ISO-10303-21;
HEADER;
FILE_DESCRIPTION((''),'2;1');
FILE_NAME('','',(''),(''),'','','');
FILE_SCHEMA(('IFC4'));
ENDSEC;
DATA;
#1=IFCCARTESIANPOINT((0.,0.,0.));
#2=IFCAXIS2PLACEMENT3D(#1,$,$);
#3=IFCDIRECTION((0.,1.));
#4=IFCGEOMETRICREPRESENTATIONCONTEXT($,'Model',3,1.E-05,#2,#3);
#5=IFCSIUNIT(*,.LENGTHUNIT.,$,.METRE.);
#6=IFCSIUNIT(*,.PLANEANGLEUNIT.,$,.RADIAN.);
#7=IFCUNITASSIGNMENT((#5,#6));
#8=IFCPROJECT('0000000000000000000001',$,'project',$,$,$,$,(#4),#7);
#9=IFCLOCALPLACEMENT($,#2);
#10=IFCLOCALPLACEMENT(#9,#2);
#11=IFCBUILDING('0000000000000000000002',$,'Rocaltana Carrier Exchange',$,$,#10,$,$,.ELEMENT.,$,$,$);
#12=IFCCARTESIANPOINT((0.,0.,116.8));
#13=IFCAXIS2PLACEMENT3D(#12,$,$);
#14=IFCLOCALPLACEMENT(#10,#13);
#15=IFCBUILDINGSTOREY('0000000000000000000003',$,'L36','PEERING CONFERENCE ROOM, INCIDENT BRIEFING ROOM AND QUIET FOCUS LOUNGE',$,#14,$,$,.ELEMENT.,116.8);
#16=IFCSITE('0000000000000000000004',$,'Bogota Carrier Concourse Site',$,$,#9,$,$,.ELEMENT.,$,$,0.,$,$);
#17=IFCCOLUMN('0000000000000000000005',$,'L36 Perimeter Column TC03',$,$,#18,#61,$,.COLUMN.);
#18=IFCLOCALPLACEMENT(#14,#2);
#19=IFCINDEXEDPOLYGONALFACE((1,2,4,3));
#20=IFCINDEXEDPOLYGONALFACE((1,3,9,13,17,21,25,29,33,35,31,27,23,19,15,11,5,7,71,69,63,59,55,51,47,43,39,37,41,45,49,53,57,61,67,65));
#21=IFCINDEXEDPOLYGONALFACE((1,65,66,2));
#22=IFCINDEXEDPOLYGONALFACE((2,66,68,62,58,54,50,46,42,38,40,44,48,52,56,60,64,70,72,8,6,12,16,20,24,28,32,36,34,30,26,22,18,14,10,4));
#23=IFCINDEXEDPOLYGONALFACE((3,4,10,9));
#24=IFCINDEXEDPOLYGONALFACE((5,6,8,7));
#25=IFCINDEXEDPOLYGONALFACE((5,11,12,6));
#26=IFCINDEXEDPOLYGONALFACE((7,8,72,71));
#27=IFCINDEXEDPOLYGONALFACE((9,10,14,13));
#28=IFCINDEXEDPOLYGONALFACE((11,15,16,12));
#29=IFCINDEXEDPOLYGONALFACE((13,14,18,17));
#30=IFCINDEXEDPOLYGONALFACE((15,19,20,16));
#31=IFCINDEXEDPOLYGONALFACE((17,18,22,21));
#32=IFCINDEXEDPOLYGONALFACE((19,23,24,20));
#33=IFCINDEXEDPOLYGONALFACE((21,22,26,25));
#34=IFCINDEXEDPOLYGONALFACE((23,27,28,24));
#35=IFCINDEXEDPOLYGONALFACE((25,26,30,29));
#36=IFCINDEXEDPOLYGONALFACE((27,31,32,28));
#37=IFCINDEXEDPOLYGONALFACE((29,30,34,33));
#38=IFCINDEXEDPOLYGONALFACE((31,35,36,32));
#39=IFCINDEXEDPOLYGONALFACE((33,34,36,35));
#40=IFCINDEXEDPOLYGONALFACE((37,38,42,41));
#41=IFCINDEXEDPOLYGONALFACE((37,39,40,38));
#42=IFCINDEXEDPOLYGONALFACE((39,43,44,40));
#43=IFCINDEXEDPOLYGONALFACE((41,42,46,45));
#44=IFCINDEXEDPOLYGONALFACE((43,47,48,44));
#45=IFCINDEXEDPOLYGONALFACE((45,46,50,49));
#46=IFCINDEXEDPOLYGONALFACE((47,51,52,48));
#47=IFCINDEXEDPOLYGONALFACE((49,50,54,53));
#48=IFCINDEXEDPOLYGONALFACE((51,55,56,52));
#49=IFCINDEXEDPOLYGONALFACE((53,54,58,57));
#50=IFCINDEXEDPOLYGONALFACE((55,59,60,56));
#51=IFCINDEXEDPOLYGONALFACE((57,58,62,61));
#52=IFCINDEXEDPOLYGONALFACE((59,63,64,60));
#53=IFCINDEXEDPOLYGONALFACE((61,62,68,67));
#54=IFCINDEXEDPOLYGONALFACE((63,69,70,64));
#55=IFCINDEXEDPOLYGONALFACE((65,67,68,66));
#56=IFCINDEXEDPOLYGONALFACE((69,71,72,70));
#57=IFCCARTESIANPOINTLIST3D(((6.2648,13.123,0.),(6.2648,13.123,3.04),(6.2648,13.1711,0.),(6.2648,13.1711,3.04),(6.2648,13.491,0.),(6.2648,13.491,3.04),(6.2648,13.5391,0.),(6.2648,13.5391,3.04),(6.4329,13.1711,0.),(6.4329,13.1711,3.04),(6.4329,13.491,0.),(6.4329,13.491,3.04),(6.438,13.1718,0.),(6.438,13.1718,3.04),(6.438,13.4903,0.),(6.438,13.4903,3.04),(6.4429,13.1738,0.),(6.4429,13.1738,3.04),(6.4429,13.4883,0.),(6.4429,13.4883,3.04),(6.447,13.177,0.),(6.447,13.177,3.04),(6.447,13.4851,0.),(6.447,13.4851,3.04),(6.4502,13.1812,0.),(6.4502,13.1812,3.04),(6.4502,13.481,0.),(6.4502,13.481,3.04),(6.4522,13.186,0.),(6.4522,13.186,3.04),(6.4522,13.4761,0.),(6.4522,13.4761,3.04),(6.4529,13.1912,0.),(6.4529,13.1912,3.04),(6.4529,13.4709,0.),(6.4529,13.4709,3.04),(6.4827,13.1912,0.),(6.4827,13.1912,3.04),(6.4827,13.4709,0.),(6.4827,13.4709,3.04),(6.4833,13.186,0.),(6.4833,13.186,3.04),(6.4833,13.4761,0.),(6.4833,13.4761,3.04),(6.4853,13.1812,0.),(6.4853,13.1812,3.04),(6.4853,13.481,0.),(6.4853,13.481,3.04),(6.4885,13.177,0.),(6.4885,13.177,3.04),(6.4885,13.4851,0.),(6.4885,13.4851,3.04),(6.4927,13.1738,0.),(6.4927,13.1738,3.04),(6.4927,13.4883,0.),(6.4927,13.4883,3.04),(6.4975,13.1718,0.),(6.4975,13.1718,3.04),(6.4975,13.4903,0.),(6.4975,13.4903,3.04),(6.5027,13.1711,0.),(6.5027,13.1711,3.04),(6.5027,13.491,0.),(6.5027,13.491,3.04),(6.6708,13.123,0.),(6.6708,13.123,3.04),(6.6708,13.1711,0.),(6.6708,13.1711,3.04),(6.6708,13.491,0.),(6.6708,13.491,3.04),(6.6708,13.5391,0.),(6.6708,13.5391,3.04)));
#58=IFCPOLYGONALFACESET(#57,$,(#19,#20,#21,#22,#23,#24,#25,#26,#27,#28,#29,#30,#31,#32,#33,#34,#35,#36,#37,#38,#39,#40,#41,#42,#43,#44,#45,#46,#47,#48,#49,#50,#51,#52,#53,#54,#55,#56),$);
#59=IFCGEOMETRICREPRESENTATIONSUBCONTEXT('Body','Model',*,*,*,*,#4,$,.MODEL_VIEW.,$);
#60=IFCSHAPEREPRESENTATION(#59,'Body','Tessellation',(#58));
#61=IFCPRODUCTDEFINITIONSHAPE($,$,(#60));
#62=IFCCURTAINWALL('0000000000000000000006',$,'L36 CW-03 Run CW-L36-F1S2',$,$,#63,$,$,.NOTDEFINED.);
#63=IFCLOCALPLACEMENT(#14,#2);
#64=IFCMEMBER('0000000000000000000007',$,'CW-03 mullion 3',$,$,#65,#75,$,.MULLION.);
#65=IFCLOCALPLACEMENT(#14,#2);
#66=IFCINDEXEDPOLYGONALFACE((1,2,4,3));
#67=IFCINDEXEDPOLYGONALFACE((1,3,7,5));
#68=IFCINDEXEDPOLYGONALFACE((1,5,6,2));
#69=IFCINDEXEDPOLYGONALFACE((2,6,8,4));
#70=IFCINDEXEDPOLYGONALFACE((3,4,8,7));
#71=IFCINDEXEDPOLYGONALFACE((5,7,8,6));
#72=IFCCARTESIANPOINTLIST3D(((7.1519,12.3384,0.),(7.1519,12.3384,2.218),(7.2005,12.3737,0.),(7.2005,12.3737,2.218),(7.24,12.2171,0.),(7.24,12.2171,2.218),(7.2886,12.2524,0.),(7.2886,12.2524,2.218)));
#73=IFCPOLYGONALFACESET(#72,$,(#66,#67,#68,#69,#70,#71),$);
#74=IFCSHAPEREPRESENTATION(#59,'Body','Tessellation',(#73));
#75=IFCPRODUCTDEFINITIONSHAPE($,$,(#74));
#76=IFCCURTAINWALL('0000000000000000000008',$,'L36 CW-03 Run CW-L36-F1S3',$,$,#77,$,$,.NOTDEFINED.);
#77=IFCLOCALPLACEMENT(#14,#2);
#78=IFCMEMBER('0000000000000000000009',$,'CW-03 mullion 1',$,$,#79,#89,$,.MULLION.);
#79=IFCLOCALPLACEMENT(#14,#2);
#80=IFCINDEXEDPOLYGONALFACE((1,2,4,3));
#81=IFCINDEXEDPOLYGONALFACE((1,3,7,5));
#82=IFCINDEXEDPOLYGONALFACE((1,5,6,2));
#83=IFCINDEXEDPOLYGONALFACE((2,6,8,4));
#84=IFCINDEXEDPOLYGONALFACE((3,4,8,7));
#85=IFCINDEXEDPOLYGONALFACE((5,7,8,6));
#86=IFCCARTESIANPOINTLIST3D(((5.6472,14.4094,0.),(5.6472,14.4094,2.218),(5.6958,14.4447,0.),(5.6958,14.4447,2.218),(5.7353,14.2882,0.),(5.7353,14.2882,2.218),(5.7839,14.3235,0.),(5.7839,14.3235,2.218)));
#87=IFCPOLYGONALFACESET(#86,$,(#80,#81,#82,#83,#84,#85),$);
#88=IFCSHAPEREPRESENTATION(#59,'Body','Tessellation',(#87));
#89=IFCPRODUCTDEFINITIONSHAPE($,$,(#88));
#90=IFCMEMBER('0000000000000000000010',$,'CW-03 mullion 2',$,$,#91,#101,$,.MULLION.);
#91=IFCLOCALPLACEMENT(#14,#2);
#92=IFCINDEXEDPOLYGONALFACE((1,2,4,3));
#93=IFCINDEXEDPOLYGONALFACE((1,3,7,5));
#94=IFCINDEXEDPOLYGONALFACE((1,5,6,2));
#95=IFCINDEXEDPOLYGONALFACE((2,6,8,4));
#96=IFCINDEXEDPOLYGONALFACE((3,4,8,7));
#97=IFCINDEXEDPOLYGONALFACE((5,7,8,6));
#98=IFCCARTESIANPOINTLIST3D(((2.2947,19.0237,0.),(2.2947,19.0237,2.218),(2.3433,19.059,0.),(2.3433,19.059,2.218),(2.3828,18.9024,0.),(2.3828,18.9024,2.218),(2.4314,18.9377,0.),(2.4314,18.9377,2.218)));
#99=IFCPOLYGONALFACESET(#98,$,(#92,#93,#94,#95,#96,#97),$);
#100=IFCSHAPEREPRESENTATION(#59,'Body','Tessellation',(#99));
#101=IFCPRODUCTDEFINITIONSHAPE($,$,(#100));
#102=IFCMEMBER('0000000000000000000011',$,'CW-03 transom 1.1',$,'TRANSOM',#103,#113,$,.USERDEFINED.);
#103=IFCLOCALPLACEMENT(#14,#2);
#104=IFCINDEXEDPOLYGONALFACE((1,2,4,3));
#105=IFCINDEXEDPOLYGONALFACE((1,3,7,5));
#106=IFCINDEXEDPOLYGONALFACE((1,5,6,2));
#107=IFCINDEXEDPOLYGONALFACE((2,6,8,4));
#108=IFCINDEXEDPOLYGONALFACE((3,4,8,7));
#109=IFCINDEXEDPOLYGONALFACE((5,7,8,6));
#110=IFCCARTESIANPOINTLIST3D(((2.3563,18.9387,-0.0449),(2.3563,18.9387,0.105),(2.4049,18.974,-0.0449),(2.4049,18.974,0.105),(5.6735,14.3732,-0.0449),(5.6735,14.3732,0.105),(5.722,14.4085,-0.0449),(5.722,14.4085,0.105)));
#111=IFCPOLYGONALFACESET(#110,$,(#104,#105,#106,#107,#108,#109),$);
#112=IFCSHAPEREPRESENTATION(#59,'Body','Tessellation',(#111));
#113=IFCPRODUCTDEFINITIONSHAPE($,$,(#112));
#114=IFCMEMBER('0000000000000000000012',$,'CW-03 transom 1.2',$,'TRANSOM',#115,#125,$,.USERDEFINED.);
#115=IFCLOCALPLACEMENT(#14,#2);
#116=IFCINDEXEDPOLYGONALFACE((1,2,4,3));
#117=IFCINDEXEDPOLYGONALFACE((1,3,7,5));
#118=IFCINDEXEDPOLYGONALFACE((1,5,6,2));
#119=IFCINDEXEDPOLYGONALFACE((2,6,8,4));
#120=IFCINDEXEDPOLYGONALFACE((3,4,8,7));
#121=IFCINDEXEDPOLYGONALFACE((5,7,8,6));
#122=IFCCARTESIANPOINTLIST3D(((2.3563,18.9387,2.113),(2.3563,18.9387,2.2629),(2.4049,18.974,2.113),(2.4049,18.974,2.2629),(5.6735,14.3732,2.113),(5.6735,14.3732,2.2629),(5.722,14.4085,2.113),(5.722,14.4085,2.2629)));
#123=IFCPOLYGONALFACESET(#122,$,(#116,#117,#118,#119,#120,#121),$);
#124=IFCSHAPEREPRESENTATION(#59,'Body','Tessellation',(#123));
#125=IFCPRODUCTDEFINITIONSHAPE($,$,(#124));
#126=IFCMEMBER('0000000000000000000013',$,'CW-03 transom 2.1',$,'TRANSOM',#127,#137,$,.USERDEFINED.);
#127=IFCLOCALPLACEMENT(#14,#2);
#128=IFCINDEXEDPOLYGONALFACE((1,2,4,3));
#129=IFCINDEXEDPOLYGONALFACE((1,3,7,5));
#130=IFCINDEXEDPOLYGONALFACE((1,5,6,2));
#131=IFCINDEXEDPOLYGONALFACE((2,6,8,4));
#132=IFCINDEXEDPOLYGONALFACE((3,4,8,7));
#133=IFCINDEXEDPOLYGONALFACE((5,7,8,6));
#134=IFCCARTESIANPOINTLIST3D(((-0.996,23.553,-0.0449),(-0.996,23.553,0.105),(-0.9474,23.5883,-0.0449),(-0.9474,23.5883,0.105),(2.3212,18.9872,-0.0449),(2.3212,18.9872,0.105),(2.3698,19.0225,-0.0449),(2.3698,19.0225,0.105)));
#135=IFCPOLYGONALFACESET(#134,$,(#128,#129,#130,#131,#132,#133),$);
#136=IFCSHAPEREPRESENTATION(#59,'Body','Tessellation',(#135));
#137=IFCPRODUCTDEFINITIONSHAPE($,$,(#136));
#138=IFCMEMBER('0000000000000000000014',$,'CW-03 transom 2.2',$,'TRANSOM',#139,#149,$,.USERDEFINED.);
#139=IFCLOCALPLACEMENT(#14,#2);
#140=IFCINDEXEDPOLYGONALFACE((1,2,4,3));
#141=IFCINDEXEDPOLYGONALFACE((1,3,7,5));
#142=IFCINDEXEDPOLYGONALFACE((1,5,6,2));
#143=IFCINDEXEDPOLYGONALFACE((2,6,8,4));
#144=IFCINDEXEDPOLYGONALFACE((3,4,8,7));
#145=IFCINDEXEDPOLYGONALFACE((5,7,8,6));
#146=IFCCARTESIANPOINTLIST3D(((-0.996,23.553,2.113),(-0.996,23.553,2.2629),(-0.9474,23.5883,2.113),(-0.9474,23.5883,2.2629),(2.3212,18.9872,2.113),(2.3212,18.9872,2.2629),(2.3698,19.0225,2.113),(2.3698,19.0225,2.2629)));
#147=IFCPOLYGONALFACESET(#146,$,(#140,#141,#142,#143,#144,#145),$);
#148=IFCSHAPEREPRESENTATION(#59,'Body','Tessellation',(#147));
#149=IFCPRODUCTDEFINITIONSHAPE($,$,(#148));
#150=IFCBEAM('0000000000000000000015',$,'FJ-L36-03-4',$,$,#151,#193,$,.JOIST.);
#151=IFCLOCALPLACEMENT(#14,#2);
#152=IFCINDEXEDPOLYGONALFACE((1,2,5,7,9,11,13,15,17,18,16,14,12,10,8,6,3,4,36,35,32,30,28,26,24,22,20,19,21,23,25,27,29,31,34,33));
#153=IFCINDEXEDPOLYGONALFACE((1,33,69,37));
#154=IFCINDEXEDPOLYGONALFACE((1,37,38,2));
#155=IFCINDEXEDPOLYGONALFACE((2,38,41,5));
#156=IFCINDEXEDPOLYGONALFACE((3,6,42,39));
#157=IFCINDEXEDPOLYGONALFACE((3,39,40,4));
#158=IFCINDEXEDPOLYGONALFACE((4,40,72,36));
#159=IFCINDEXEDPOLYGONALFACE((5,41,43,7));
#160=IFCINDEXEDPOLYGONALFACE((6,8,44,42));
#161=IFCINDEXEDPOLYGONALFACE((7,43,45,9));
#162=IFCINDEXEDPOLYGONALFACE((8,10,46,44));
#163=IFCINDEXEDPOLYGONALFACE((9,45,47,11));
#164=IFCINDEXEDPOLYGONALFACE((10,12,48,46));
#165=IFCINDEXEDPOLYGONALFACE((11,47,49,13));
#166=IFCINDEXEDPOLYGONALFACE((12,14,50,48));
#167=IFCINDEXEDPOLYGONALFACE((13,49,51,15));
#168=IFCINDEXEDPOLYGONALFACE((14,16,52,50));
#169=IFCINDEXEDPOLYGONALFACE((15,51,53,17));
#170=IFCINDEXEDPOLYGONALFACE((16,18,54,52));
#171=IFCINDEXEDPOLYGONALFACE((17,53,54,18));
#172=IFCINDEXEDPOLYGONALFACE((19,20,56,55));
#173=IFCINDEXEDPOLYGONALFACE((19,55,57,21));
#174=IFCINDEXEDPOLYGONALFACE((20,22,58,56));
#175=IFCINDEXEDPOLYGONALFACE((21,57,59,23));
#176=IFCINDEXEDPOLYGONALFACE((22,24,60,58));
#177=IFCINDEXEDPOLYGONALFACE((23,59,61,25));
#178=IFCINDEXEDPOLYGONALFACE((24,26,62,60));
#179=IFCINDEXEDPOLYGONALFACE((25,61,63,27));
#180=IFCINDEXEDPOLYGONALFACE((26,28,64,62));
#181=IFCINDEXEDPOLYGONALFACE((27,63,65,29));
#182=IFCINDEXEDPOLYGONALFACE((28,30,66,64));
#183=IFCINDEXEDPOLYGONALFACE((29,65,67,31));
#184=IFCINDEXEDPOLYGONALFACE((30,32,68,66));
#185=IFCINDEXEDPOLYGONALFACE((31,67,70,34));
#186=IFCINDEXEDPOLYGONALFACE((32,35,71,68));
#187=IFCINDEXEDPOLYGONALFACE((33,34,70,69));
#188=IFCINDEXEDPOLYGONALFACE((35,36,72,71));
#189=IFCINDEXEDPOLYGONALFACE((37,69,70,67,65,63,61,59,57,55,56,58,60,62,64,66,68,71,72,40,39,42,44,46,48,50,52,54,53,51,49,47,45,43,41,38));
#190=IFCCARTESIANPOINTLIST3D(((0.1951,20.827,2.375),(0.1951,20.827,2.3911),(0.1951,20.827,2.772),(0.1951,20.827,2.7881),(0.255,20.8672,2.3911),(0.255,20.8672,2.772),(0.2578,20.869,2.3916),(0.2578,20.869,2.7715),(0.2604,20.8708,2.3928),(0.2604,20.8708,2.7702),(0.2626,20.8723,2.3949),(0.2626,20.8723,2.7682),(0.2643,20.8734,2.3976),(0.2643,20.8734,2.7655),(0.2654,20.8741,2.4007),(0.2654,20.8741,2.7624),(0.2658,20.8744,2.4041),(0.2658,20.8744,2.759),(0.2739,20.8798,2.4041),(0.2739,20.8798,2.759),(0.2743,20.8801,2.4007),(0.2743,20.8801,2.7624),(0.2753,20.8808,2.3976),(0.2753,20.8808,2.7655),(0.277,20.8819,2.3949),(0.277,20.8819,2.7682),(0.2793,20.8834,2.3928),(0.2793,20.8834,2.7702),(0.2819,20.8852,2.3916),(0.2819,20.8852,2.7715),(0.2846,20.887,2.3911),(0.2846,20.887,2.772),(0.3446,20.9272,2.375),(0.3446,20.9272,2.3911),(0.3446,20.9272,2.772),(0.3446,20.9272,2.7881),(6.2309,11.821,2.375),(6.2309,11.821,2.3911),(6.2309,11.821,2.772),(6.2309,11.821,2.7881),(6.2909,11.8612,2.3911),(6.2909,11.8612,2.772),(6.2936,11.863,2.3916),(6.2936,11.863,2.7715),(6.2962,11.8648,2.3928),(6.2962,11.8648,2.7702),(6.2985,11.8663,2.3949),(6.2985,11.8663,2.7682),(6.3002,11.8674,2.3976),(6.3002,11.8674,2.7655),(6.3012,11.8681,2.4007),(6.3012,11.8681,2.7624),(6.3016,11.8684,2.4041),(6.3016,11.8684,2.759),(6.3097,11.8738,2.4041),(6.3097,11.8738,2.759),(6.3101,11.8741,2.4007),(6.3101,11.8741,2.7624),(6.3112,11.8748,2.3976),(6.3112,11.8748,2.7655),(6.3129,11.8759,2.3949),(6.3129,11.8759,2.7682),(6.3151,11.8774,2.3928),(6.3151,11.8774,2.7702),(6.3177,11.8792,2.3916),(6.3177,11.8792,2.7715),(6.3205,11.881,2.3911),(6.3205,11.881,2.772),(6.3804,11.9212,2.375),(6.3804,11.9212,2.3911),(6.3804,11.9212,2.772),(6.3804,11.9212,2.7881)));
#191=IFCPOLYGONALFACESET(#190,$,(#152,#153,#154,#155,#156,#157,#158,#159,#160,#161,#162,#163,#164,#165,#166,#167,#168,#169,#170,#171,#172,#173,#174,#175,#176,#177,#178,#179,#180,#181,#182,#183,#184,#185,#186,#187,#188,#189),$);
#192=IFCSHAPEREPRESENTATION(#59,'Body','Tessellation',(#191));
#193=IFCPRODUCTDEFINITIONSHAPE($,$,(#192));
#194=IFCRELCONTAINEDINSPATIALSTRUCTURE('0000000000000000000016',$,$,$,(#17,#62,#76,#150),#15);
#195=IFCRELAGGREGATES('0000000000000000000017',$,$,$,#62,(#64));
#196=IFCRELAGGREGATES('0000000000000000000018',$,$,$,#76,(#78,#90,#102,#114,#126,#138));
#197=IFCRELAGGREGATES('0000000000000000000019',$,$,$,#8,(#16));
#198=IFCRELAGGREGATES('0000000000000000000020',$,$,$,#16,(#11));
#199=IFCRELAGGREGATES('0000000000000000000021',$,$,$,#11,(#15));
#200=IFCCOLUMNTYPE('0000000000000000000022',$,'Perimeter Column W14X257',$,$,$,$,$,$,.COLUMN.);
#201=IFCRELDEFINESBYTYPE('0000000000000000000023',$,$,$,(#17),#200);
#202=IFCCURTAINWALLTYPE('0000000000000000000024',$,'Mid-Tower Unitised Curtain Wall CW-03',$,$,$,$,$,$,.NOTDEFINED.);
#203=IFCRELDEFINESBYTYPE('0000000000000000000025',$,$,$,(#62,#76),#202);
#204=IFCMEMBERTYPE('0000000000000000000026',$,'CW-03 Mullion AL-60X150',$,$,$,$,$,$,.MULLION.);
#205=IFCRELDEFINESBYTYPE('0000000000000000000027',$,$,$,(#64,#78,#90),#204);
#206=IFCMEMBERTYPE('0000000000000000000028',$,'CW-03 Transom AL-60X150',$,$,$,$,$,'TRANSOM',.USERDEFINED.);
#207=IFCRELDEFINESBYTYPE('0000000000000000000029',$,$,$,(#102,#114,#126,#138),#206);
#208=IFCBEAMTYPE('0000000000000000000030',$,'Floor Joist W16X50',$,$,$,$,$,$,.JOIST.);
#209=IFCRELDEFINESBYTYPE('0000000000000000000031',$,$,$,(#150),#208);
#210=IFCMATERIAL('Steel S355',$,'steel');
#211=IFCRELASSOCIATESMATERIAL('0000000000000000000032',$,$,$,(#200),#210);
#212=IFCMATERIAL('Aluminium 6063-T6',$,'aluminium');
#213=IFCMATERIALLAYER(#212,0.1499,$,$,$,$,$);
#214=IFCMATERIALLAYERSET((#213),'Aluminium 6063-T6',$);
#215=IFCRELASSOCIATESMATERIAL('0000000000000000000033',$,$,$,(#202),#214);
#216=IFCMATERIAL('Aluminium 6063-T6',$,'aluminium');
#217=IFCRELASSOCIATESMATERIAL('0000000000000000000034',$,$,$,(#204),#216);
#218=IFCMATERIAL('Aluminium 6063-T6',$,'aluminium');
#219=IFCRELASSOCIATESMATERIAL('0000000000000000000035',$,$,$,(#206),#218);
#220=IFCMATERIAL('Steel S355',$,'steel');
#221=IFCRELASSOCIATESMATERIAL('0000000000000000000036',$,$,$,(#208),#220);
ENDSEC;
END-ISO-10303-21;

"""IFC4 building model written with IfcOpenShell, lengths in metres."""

from ifc_helpers import new_model, si_unit, direction, frame, origin, origin_2d, place, context, subcontext, project, spatial, rectangle, i_section, extrude, material, layer, layer_set, material_profile, profile_set, type_object, element, aggregate, save


model = new_model("IFC4")

# Units and contexts
model_context = context("Model", 3, precision=1e-05, world=origin(), true_north=direction((0.0, 1.0)))
body_context = subcontext(model_context, "Body", "Model", "MODEL_VIEW")
ifc_project = project(units=[si_unit("LENGTHUNIT", "METRE"), si_unit("PLANEANGLEUNIT", "RADIAN")], contexts=[model_context])

# Site, building, storey
site_placement = place(None, origin())
site = spatial("IfcSite", under=ifc_project, at=site_placement, Name="Bogota Carrier Concourse Site", CompositionType="ELEMENT", RefElevation=0.0)
building_placement = place(site_placement, origin())
building = spatial("IfcBuilding", under=site, at=building_placement, Name="Rocaltana Carrier Exchange", CompositionType="ELEMENT")
storey_placement = place(building_placement, frame((0.0, 0.0, 116.8)))
storey = spatial("IfcBuildingStorey", under=building, at=storey_placement, Name="L36", Description="PEERING CONFERENCE ROOM, INCIDENT BRIEFING ROOM AND QUIET FOCUS LOUNGE", CompositionType="ELEMENT", Elevation=116.8)

# Column
ifc_material_1 = material(Name="Steel S355", Category="steel")
ifc_material_profile_1 = material_profile(ifc_material_1, i_section(OverallWidth=0.406, OverallDepth=0.416, WebThickness=0.0298, FlangeThickness=0.0481, FilletRadius=0.02, at=origin_2d()), Name="W14X257")
ifc_profile_set_1 = profile_set([ifc_material_profile_1], Name="Steel S355")
column_type = type_object("IfcColumnType", Name="Perimeter Column W14X257", PredefinedType="COLUMN", material=ifc_profile_set_1)
column_placement = place(storey_placement, frame((6.4678, 13.3311, 0.0), z_axis=(0.0, 0.0, 1.0), x_axis=(1.0, 0.0, 0.0)))
element("IfcColumn", 1, at=column_placement, inside=storey, type_object=column_type, Name="L36 Perimeter Column TC03", PredefinedType="COLUMN", context=body_context, shape_type="SweptSolid", body=[
    extrude(i_section(OverallWidth=0.406, OverallDepth=0.416, WebThickness=0.0298, FlangeThickness=0.0481, FilletRadius=0.02, at=origin_2d()), origin(), (0.0, 0.0, 1.0), 3.04),
])

# Curtain wall, member
ifc_material_2 = material(Name="Aluminium 6063-T6", Category="aluminium")
ifc_layer_1 = layer(ifc_material_2, 0.1499)
ifc_layer_set_1 = layer_set([ifc_layer_1], Name="Aluminium 6063-T6")
curtain_wall_type = type_object("IfcCurtainWallType", Name="Mid-Tower Unitised Curtain Wall CW-03", PredefinedType="NOTDEFINED", material=ifc_layer_set_1)
curtain_wall_1_placement = place(storey_placement, origin())
curtain_wall_1 = element("IfcCurtainWall", 2, at=curtain_wall_1_placement, inside=storey, type_object=curtain_wall_type, Name="L36 CW-03 Run CW-L36-F1S2", PredefinedType="NOTDEFINED")
ifc_material_3 = material(Name="Aluminium 6063-T6", Category="aluminium")
ifc_material_profile_2 = material_profile(ifc_material_3, rectangle(XDim=0.0601, YDim=0.1499, at=origin_2d()), Name="AL-60X150")
ifc_profile_set_2 = profile_set([ifc_material_profile_2], Name="Aluminium 6063-T6")
member_type_1 = type_object("IfcMemberType", Name="CW-03 Mullion AL-60X150", PredefinedType="MULLION", material=ifc_profile_set_2)
member_1_placement = place(storey_placement, frame((7.2202, 12.2954, 0.0), z_axis=(0.0, 0.0, 1.0), x_axis=(-0.809014, -0.58779, 0.0)))
member_1 = element("IfcMember", 3, at=member_1_placement, type_object=member_type_1, Name="CW-03 mullion 3", PredefinedType="MULLION", context=body_context, shape_type="SweptSolid", body=[
    extrude(rectangle(XDim=0.0601, YDim=0.1499, at=origin_2d()), origin(), (0.0, 0.0, 1.0), 2.218),
])

# Curtain wall, members
curtain_wall_2_placement = place(storey_placement, origin())
curtain_wall_2 = element("IfcCurtainWall", 4, at=curtain_wall_2_placement, inside=storey, type_object=curtain_wall_type, Name="L36 CW-03 Run CW-L36-F1S3", PredefinedType="NOTDEFINED")
member_2_placement = place(storey_placement, frame((5.7156, 14.3665, 0.0), z_axis=(0.0, 0.0, 1.0), x_axis=(-0.809014, -0.58779, 0.0)))
member_2 = element("IfcMember", 5, at=member_2_placement, type_object=member_type_1, Name="CW-03 mullion 1", PredefinedType="MULLION", context=body_context, shape_type="SweptSolid", body=[
    extrude(rectangle(XDim=0.0601, YDim=0.1499, at=origin_2d()), origin(), (0.0, 0.0, 1.0), 2.218),
])
member_3_placement = place(storey_placement, frame((2.363, 18.9807, 0.0), z_axis=(0.0, 0.0, 1.0), x_axis=(-0.809014, -0.58779, 0.0)))
member_3 = element("IfcMember", 6, at=member_3_placement, type_object=member_type_1, Name="CW-03 mullion 2", PredefinedType="MULLION", context=body_context, shape_type="SweptSolid", body=[
    extrude(rectangle(XDim=0.0601, YDim=0.1499, at=origin_2d()), origin(), (0.0, 0.0, 1.0), 2.218),
])
ifc_material_4 = material(Name="Aluminium 6063-T6", Category="aluminium")
ifc_material_profile_3 = material_profile(ifc_material_4, rectangle(XDim=0.0601, YDim=0.1499, at=origin_2d()), Name="AL-60X150")
ifc_profile_set_3 = profile_set([ifc_material_profile_3], Name="Aluminium 6063-T6")
member_type_2 = type_object("IfcMemberType", Name="CW-03 Transom AL-60X150", ElementType="TRANSOM", PredefinedType="USERDEFINED", material=ifc_profile_set_3)
member_4_placement = place(storey_placement, frame((5.6978, 14.3909, 0.03), z_axis=(-0.587804, 0.809004, 0.0), x_axis=(-0.809004, -0.587804, 0.0)))
member_4 = element("IfcMember", 7, at=member_4_placement, type_object=member_type_2, Name="CW-03 transom 1.1", ObjectType="TRANSOM", PredefinedType="USERDEFINED", context=body_context, shape_type="SweptSolid", body=[
    extrude(rectangle(XDim=0.0601, YDim=0.1499, at=origin_2d()), origin(), (0.0, 0.0, 1.0), 5.6433),
])
member_5_placement = place(storey_placement, frame((5.6978, 14.3909, 2.188), z_axis=(-0.587804, 0.809004, 0.0), x_axis=(-0.809004, -0.587804, 0.0)))
member_5 = element("IfcMember", 8, at=member_5_placement, type_object=member_type_2, Name="CW-03 transom 1.2", ObjectType="TRANSOM", PredefinedType="USERDEFINED", context=body_context, shape_type="SweptSolid", body=[
    extrude(rectangle(XDim=0.0601, YDim=0.1499, at=origin_2d()), origin(), (0.0, 0.0, 1.0), 5.6433),
])
member_6_placement = place(storey_placement, frame((2.3455, 19.0049, 0.03), z_axis=(-0.587783, 0.809018, 0.0), x_axis=(-0.809018, -0.587783, 0.0)))
member_6 = element("IfcMember", 9, at=member_6_placement, type_object=member_type_2, Name="CW-03 transom 2.1", ObjectType="TRANSOM", PredefinedType="USERDEFINED", context=body_context, shape_type="SweptSolid", body=[
    extrude(rectangle(XDim=0.0601, YDim=0.1499, at=origin_2d()), origin(), (0.0, 0.0, 1.0), 5.6436),
])
member_7_placement = place(storey_placement, frame((2.3455, 19.0049, 2.188), z_axis=(-0.587783, 0.809018, 0.0), x_axis=(-0.809018, -0.587783, 0.0)))
member_7 = element("IfcMember", 10, at=member_7_placement, type_object=member_type_2, Name="CW-03 transom 2.2", ObjectType="TRANSOM", PredefinedType="USERDEFINED", context=body_context, shape_type="SweptSolid", body=[
    extrude(rectangle(XDim=0.0601, YDim=0.1499, at=origin_2d()), origin(), (0.0, 0.0, 1.0), 5.6436),
])

# Beam
ifc_material_5 = material(Name="Steel S355", Category="steel")
ifc_material_profile_4 = material_profile(ifc_material_5, i_section(OverallWidth=0.1799, OverallDepth=0.4131, WebThickness=0.0098, FlangeThickness=0.0161, FilletRadius=0.0129, at=origin_2d()), Name="W16X50")
ifc_profile_set_4 = profile_set([ifc_material_profile_4], Name="Steel S355")
beam_type_1 = type_object("IfcBeamType", Name="Floor Joist W16X50", PredefinedType="JOIST", material=ifc_profile_set_4)
beam_1_placement = place(storey_placement, frame((6.3057, 11.8711, 2.5815), z_axis=(-0.55673, 0.830693, 0.0), x_axis=(-0.830693, -0.55673, 0.0)))
element("IfcBeam", 11, at=beam_1_placement, inside=storey, type_object=beam_type_1, Name="FJ-L36-03-4", PredefinedType="JOIST", context=body_context, shape_type="SweptSolid", body=[
    extrude(i_section(OverallWidth=0.1799, OverallDepth=0.4131, WebThickness=0.0098, FlangeThickness=0.0161, FilletRadius=0.0129, at=origin_2d()), origin(), (0.0, 0.0, 1.0), 10.8416),
])

aggregate(curtain_wall_1, [member_1])
aggregate(curtain_wall_2, [member_2, member_3, member_4, member_5, member_6, member_7])

save(model, "model.ifc")
